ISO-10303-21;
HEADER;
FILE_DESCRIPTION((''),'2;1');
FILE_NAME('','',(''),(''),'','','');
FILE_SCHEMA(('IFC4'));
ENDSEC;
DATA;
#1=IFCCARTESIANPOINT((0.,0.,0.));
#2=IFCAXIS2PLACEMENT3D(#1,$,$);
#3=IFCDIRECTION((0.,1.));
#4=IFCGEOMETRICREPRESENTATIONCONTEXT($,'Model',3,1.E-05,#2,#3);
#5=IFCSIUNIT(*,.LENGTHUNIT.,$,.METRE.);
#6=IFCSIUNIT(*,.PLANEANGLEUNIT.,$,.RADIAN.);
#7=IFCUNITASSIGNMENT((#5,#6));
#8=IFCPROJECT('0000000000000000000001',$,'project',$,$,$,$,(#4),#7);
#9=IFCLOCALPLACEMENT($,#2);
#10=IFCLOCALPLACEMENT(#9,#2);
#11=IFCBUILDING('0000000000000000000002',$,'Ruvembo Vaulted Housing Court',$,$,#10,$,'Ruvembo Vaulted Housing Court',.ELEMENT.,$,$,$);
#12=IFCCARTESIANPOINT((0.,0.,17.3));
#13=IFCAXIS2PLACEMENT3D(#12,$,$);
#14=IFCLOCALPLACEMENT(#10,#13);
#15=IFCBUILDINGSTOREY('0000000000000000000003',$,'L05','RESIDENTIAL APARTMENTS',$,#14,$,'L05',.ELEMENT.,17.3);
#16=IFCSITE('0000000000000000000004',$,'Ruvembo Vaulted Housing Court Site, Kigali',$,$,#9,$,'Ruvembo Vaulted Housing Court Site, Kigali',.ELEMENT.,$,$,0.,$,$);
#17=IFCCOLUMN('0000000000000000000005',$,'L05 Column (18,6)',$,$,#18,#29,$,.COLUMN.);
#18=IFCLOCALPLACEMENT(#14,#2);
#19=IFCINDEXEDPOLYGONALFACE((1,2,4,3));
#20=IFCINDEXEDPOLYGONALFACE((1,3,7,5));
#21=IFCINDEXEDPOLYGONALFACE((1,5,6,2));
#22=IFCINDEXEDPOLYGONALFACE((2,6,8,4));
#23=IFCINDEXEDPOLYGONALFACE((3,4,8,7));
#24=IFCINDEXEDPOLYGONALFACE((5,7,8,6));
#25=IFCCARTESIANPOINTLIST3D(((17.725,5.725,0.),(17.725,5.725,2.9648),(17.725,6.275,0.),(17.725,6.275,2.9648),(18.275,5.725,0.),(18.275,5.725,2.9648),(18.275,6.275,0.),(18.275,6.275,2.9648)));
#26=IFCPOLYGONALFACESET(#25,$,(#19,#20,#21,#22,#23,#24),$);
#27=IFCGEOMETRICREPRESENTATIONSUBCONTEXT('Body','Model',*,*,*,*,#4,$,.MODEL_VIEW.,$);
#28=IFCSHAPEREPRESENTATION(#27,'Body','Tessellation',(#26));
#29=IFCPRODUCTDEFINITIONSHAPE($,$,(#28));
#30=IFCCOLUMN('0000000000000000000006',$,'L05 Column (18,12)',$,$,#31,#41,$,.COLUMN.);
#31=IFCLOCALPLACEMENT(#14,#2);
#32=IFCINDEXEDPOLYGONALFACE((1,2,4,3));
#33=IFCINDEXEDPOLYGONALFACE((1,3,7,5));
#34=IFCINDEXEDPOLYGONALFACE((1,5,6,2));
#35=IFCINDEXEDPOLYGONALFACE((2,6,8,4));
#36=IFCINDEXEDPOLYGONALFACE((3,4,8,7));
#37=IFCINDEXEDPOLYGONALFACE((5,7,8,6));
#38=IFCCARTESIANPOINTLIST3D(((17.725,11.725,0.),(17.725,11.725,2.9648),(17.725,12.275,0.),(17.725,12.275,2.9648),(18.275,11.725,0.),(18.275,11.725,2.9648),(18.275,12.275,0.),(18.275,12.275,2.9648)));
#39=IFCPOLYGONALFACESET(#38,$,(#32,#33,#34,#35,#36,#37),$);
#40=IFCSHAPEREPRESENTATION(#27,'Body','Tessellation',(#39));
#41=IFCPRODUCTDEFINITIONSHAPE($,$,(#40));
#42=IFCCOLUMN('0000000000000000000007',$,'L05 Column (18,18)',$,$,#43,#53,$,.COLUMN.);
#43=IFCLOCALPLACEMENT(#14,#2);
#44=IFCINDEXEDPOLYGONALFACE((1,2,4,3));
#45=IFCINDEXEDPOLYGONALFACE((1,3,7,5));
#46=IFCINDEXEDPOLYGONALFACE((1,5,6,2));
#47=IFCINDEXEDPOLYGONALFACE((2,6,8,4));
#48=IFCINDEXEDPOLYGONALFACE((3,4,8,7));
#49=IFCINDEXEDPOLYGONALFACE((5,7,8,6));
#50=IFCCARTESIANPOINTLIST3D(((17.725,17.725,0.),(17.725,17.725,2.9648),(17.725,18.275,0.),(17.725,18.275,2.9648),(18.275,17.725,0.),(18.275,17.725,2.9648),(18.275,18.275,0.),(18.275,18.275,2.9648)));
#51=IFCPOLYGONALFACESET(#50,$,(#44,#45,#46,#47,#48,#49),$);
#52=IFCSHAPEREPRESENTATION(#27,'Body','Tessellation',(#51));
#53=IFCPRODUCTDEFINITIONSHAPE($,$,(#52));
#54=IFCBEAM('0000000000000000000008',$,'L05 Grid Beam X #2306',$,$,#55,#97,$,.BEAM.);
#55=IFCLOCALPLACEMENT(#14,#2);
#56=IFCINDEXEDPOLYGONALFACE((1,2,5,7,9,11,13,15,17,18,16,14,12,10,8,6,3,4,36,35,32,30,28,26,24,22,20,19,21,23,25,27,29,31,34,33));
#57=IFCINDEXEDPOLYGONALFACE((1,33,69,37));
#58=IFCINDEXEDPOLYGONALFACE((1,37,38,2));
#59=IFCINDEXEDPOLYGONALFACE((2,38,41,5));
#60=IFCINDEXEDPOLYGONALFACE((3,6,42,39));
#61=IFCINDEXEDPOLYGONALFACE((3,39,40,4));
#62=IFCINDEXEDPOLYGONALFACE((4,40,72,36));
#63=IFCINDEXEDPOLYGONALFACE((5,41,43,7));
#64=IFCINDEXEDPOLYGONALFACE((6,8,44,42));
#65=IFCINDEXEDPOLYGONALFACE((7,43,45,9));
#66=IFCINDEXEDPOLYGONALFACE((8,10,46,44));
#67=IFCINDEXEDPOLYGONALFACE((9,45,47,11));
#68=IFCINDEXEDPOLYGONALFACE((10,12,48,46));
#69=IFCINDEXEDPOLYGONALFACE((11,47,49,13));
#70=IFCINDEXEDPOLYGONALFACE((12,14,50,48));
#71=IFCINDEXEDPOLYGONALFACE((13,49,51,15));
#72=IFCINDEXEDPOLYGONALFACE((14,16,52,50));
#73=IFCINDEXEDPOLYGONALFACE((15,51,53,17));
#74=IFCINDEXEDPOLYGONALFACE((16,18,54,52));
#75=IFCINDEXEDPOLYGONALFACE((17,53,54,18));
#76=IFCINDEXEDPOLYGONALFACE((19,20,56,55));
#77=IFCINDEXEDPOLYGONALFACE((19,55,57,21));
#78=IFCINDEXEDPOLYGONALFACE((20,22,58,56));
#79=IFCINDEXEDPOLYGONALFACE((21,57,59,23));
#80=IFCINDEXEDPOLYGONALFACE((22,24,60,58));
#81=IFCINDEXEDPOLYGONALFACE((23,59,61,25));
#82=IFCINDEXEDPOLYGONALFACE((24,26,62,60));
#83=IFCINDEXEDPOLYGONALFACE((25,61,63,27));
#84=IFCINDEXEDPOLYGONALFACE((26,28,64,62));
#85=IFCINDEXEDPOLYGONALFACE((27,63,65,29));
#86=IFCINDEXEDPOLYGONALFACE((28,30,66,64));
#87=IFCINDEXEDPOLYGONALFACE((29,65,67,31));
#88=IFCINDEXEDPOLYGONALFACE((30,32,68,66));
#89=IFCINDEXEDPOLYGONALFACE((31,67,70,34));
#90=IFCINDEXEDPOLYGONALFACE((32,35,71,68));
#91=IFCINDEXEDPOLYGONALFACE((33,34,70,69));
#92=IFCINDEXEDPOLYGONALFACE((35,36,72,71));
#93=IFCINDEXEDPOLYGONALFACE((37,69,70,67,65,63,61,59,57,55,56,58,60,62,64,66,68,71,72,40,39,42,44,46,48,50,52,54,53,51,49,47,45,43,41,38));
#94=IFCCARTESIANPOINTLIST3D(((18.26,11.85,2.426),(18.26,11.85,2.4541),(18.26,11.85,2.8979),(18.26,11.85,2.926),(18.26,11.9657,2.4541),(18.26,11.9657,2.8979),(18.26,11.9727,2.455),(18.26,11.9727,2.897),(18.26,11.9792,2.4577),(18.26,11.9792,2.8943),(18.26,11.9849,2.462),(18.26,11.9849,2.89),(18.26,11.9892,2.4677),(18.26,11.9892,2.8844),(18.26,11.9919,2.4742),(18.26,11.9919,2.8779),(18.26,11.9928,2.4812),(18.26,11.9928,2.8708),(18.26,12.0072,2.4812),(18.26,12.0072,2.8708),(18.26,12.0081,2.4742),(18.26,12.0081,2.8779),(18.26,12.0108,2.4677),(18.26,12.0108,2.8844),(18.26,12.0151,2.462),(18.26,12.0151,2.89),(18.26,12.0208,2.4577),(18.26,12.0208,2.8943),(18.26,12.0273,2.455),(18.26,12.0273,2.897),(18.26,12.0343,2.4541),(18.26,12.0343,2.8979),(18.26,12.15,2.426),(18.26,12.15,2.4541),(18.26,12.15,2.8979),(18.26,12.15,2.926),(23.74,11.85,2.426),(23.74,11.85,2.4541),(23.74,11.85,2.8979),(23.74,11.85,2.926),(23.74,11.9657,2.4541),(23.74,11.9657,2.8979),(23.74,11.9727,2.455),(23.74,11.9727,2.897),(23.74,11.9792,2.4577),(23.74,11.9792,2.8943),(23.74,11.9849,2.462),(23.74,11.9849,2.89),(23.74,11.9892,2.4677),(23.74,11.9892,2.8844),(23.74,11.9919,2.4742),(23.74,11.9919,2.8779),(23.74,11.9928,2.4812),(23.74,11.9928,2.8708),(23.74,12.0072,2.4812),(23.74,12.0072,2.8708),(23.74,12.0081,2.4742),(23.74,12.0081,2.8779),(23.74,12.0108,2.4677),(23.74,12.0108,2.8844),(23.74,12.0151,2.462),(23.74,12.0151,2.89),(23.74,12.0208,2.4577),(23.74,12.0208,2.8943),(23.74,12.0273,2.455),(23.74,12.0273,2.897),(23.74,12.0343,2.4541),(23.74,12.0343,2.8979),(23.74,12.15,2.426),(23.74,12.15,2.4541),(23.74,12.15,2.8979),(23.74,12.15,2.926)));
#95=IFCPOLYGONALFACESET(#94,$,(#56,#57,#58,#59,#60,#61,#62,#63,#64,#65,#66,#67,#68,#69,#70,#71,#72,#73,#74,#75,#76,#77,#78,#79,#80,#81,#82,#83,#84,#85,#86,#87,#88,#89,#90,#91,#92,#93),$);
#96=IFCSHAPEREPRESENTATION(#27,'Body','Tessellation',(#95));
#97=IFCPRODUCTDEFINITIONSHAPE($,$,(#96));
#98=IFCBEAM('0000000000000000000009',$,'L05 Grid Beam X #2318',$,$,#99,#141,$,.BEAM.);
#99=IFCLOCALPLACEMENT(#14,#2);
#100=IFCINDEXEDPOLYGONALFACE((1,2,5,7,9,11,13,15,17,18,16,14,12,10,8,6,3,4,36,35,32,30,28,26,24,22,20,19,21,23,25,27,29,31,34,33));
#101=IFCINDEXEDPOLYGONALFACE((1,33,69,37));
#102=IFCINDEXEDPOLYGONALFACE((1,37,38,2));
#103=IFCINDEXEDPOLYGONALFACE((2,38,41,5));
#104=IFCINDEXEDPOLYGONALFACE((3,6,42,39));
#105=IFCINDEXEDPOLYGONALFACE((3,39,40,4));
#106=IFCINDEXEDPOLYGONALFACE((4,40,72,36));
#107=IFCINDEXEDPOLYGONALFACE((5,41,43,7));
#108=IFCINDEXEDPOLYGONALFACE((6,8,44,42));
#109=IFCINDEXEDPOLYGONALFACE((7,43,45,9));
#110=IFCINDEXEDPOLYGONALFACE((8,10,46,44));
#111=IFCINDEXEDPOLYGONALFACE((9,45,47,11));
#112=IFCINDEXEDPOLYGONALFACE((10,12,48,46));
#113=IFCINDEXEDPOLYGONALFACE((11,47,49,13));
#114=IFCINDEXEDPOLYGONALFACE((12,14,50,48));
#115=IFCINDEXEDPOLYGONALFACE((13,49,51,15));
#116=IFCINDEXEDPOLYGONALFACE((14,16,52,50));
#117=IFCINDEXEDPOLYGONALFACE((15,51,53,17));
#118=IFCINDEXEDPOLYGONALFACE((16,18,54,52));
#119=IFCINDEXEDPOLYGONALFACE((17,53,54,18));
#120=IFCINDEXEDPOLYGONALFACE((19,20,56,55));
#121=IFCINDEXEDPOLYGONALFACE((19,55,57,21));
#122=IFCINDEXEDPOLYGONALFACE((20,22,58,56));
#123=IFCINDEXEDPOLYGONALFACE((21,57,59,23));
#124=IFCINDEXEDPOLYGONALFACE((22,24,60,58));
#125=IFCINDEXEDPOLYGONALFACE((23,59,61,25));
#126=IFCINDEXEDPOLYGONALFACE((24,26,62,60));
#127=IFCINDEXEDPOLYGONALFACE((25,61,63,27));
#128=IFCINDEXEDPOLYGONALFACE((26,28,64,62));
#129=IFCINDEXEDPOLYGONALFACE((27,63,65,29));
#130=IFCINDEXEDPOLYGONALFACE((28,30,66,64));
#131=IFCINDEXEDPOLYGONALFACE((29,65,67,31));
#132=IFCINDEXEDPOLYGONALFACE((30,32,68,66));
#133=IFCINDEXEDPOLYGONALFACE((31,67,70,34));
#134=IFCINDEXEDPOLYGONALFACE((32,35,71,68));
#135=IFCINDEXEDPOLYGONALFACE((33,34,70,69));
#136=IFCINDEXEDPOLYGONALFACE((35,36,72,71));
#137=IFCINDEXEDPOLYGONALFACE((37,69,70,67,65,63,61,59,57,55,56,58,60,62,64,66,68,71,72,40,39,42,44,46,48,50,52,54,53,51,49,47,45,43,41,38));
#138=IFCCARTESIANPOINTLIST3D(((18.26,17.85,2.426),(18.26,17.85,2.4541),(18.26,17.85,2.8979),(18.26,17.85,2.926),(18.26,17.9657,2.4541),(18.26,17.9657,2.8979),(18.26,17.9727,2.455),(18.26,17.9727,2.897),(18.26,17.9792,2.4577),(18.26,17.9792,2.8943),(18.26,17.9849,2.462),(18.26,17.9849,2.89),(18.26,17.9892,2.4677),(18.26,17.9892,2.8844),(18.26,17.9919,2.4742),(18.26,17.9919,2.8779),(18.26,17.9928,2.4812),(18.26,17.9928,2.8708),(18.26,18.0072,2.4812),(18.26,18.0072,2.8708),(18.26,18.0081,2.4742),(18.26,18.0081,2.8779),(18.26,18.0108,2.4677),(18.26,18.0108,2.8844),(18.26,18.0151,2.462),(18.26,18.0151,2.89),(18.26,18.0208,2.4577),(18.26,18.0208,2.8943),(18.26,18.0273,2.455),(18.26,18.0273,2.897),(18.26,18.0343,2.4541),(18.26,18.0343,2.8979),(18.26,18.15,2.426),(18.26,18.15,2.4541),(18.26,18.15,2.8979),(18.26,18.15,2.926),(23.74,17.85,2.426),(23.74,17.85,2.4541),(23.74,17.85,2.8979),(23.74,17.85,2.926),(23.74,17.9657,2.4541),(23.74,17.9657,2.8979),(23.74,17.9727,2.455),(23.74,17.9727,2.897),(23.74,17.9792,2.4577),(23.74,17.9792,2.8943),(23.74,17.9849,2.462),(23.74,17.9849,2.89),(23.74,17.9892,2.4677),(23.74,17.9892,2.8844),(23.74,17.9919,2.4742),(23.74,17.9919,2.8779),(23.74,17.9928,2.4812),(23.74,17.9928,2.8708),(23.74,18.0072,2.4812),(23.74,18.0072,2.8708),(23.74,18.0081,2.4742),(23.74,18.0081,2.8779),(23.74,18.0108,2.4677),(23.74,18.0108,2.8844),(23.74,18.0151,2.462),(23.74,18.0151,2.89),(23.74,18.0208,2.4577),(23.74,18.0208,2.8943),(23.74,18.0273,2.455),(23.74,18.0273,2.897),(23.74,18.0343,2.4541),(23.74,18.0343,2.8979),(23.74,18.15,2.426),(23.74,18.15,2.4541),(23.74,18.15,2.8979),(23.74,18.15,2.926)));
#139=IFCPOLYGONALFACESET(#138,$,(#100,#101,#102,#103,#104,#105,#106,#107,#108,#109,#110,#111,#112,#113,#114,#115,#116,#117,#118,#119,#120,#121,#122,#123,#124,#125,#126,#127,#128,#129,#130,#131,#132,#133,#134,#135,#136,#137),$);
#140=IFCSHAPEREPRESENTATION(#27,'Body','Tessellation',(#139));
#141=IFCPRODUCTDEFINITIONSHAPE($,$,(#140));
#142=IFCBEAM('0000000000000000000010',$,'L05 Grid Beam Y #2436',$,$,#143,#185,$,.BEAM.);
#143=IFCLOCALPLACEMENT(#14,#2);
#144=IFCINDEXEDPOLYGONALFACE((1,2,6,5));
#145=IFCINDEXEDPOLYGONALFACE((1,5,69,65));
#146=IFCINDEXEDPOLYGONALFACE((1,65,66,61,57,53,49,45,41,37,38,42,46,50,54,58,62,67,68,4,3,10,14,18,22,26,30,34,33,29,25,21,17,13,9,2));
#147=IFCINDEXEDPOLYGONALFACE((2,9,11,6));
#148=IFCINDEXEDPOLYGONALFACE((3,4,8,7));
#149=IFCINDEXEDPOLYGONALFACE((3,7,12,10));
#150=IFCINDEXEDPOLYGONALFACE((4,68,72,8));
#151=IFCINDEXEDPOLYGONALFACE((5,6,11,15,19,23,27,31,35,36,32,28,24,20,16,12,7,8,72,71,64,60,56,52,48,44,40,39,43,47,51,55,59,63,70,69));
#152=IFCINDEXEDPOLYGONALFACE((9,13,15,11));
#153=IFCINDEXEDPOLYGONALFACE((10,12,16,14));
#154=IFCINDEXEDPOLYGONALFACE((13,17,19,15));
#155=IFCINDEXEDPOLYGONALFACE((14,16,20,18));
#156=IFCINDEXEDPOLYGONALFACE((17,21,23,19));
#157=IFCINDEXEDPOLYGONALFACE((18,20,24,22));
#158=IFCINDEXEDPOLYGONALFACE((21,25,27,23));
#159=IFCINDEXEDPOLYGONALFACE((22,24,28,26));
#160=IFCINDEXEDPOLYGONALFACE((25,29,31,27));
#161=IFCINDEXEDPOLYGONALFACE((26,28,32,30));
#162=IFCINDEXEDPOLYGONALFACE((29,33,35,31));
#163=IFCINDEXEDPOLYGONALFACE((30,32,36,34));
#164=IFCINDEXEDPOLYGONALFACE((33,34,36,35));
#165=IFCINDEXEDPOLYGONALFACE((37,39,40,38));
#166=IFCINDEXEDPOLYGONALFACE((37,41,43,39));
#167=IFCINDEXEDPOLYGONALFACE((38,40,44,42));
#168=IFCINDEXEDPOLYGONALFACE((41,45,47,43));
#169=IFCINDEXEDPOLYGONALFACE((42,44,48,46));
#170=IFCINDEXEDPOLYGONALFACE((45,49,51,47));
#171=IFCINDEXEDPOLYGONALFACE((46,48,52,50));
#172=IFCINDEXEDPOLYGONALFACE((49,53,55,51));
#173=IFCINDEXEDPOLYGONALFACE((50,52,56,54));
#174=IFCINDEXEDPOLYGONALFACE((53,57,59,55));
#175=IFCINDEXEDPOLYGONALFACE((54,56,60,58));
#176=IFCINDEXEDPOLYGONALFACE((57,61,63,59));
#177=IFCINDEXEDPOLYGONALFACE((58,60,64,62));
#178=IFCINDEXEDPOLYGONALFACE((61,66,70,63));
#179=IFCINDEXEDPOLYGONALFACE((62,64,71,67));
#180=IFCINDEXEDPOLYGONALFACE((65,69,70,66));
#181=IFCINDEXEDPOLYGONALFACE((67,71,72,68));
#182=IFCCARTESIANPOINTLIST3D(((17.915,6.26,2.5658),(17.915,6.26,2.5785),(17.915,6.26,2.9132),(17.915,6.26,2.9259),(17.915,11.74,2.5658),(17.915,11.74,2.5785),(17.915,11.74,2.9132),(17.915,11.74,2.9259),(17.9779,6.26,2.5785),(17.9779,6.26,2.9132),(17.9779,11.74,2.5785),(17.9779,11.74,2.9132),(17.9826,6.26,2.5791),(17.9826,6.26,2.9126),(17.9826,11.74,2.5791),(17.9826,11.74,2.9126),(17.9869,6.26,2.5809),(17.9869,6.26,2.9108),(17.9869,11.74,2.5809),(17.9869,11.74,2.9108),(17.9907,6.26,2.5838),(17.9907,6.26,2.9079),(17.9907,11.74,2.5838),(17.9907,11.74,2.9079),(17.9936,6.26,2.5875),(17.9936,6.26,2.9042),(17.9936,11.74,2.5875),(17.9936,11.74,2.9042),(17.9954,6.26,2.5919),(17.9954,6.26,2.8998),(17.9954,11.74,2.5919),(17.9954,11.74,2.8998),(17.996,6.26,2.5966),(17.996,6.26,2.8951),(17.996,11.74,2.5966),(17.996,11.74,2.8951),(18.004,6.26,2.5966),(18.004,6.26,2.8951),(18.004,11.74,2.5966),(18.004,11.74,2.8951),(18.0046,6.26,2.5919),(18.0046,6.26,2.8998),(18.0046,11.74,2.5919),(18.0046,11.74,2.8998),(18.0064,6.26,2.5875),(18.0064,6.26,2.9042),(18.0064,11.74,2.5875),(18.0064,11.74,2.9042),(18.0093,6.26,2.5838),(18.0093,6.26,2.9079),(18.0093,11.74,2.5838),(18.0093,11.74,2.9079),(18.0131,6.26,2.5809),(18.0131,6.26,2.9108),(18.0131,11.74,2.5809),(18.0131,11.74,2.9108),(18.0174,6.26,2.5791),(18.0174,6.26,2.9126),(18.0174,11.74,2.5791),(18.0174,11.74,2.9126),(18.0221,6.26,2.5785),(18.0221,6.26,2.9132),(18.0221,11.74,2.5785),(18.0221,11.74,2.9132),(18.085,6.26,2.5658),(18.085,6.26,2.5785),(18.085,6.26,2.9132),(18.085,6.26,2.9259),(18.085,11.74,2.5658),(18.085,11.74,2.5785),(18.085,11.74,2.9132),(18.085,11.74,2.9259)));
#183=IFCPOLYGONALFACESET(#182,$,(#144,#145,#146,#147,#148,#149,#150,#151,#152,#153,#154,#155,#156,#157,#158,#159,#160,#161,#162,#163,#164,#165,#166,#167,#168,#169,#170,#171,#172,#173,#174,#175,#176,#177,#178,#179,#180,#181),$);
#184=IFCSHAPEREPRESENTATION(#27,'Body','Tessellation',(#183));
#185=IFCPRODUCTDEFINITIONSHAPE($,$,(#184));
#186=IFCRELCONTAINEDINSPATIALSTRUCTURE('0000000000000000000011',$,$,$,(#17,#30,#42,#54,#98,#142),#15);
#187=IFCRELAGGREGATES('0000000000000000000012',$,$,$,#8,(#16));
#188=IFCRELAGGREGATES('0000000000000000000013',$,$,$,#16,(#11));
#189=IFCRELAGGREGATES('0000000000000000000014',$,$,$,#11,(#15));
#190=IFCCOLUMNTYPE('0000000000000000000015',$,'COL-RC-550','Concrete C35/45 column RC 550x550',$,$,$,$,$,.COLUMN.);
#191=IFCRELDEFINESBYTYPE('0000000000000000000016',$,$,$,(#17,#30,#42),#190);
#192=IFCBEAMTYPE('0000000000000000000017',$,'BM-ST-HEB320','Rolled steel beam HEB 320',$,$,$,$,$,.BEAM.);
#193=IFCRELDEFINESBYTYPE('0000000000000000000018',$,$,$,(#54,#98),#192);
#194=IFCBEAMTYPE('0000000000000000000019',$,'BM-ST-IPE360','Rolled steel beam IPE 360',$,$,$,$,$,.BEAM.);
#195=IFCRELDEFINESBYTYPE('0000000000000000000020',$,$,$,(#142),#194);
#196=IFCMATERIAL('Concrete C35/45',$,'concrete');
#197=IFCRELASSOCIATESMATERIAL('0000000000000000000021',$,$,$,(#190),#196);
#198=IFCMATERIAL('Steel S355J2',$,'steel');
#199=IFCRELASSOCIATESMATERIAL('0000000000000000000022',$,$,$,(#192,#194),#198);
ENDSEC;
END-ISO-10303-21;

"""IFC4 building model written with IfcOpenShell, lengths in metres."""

from ifc_helpers import new_model, si_unit, direction, frame, origin, origin_2d, place, context, subcontext, project, spatial, rectangle, i_section, extrude, material, material_profile, profile_set, type_object, element, save


model = new_model("IFC4")

# Units and contexts
model_context = context("Model", 3, precision=1e-05, world=origin(), true_north=direction((0.0, 1.0)))
body_context = subcontext(model_context, "Body", "Model", "MODEL_VIEW")
ifc_project = project(units=[si_unit("LENGTHUNIT", "METRE"), si_unit("PLANEANGLEUNIT", "RADIAN")], contexts=[model_context])

# Site, building, storey
site_placement = place(None, origin())
site = spatial("IfcSite", under=ifc_project, at=site_placement, Name="Ruvembo Vaulted Housing Court Site, Kigali", LongName="Ruvembo Vaulted Housing Court Site, Kigali", CompositionType="ELEMENT", RefElevation=0.0)
building_placement = place(site_placement, origin())
building = spatial("IfcBuilding", under=site, at=building_placement, Name="Ruvembo Vaulted Housing Court", LongName="Ruvembo Vaulted Housing Court", CompositionType="ELEMENT")
storey_placement = place(building_placement, frame((0.0, 0.0, 17.3)))
storey = spatial("IfcBuildingStorey", under=building, at=storey_placement, Name="L05", Description="RESIDENTIAL APARTMENTS", LongName="L05", CompositionType="ELEMENT", Elevation=17.3)

# Columns
ifc_material_1 = material(Name="Concrete C35/45", Category="concrete")
ifc_material_profile_1 = material_profile(ifc_material_1, rectangle(XDim=0.55, YDim=0.55, at=origin_2d()), Name="RC 550x550")
ifc_profile_set_1 = profile_set([ifc_material_profile_1], Name="Concrete C35/45")
column_type = type_object("IfcColumnType", Name="COL-RC-550", Description="Concrete C35/45 column RC 550x550", PredefinedType="COLUMN", material=ifc_profile_set_1)
for number, where, z_axis, x_axis, name in (
    (1, (18.0, 6.0, 0.0), (0.0, 0.0, 1.0), (1.0, 0.0, 0.0), "L05 Column (18,6)"),
    (2, (18.0, 12.0, 0.0), (0.0, 0.0, 1.0), (1.0, 0.0, 0.0), "L05 Column (18,12)"),
    (3, (18.0, 18.0, 0.0), (0.0, 0.0, 1.0), (1.0, 0.0, 0.0), "L05 Column (18,18)"),
):
    element("IfcColumn", number, at=place(storey_placement, frame(where, z_axis=z_axis, x_axis=x_axis)), inside=storey, type_object=column_type, Name=name, PredefinedType="COLUMN", context=body_context, shape_type="SweptSolid", body=[
        extrude(rectangle(XDim=0.55, YDim=0.55, at=origin_2d()), origin(), (0.0, 0.0, 1.0), 2.9648),
    ])

# Beams
ifc_material_2 = material(Name="Steel S355J2", Category="steel")
ifc_material_profile_2 = material_profile(ifc_material_2, i_section(OverallWidth=0.3, OverallDepth=0.5, WebThickness=0.0144, FlangeThickness=0.0281, FilletRadius=0.0271, at=origin_2d()), Name="HEB 320")
ifc_profile_set_2 = profile_set([ifc_material_profile_2], Name="Steel S355J2")
beam_type_1 = type_object("IfcBeamType", Name="BM-ST-HEB320", Description="Rolled steel beam HEB 320", PredefinedType="BEAM", material=ifc_profile_set_2)
for number, where, z_axis, x_axis, name in (
    (4, (18.26, 12.0, 2.676), (1.0, 0.0, 0.0), (0.0, 1.0, 0.0), "L05 Grid Beam X #2306"),
    (5, (18.26, 18.0, 2.676), (1.0, 0.0, 0.0), (0.0, 1.0, 0.0), "L05 Grid Beam X #2318"),
):
    element("IfcBeam", number, at=place(storey_placement, frame(where, z_axis=z_axis, x_axis=x_axis)), inside=storey, type_object=beam_type_1, Name=name, PredefinedType="BEAM", context=body_context, shape_type="SweptSolid", body=[
        extrude(i_section(OverallWidth=0.3, OverallDepth=0.5, WebThickness=0.0144, FlangeThickness=0.0281, FilletRadius=0.0271, at=origin_2d()), origin(), (0.0, 0.0, 1.0), 5.48),
    ])
ifc_material_profile_3 = material_profile(ifc_material_2, i_section(OverallWidth=0.1699, OverallDepth=0.3601, WebThickness=0.0081, FlangeThickness=0.0127, FilletRadius=0.0181, at=origin_2d()), Name="IPE 360")
ifc_profile_set_3 = profile_set([ifc_material_profile_3], Name="Steel S355J2")
beam_type_2 = type_object("IfcBeamType", Name="BM-ST-IPE360", Description="Rolled steel beam IPE 360", PredefinedType="BEAM", material=ifc_profile_set_3)
beam_1_placement = place(storey_placement, frame((18.0, 6.26, 2.7458), z_axis=(0.0, 1.0, 0.0), x_axis=(-1.0, 0.0, 0.0)))
element("IfcBeam", 6, at=beam_1_placement, inside=storey, type_object=beam_type_2, Name="L05 Grid Beam Y #2436", PredefinedType="BEAM", context=body_context, shape_type="SweptSolid", body=[
    extrude(i_section(OverallWidth=0.1699, OverallDepth=0.3601, WebThickness=0.0081, FlangeThickness=0.0127, FilletRadius=0.0181, at=origin_2d()), origin(), (0.0, 0.0, 1.0), 5.48),
])

save(model, "model.ifc")
